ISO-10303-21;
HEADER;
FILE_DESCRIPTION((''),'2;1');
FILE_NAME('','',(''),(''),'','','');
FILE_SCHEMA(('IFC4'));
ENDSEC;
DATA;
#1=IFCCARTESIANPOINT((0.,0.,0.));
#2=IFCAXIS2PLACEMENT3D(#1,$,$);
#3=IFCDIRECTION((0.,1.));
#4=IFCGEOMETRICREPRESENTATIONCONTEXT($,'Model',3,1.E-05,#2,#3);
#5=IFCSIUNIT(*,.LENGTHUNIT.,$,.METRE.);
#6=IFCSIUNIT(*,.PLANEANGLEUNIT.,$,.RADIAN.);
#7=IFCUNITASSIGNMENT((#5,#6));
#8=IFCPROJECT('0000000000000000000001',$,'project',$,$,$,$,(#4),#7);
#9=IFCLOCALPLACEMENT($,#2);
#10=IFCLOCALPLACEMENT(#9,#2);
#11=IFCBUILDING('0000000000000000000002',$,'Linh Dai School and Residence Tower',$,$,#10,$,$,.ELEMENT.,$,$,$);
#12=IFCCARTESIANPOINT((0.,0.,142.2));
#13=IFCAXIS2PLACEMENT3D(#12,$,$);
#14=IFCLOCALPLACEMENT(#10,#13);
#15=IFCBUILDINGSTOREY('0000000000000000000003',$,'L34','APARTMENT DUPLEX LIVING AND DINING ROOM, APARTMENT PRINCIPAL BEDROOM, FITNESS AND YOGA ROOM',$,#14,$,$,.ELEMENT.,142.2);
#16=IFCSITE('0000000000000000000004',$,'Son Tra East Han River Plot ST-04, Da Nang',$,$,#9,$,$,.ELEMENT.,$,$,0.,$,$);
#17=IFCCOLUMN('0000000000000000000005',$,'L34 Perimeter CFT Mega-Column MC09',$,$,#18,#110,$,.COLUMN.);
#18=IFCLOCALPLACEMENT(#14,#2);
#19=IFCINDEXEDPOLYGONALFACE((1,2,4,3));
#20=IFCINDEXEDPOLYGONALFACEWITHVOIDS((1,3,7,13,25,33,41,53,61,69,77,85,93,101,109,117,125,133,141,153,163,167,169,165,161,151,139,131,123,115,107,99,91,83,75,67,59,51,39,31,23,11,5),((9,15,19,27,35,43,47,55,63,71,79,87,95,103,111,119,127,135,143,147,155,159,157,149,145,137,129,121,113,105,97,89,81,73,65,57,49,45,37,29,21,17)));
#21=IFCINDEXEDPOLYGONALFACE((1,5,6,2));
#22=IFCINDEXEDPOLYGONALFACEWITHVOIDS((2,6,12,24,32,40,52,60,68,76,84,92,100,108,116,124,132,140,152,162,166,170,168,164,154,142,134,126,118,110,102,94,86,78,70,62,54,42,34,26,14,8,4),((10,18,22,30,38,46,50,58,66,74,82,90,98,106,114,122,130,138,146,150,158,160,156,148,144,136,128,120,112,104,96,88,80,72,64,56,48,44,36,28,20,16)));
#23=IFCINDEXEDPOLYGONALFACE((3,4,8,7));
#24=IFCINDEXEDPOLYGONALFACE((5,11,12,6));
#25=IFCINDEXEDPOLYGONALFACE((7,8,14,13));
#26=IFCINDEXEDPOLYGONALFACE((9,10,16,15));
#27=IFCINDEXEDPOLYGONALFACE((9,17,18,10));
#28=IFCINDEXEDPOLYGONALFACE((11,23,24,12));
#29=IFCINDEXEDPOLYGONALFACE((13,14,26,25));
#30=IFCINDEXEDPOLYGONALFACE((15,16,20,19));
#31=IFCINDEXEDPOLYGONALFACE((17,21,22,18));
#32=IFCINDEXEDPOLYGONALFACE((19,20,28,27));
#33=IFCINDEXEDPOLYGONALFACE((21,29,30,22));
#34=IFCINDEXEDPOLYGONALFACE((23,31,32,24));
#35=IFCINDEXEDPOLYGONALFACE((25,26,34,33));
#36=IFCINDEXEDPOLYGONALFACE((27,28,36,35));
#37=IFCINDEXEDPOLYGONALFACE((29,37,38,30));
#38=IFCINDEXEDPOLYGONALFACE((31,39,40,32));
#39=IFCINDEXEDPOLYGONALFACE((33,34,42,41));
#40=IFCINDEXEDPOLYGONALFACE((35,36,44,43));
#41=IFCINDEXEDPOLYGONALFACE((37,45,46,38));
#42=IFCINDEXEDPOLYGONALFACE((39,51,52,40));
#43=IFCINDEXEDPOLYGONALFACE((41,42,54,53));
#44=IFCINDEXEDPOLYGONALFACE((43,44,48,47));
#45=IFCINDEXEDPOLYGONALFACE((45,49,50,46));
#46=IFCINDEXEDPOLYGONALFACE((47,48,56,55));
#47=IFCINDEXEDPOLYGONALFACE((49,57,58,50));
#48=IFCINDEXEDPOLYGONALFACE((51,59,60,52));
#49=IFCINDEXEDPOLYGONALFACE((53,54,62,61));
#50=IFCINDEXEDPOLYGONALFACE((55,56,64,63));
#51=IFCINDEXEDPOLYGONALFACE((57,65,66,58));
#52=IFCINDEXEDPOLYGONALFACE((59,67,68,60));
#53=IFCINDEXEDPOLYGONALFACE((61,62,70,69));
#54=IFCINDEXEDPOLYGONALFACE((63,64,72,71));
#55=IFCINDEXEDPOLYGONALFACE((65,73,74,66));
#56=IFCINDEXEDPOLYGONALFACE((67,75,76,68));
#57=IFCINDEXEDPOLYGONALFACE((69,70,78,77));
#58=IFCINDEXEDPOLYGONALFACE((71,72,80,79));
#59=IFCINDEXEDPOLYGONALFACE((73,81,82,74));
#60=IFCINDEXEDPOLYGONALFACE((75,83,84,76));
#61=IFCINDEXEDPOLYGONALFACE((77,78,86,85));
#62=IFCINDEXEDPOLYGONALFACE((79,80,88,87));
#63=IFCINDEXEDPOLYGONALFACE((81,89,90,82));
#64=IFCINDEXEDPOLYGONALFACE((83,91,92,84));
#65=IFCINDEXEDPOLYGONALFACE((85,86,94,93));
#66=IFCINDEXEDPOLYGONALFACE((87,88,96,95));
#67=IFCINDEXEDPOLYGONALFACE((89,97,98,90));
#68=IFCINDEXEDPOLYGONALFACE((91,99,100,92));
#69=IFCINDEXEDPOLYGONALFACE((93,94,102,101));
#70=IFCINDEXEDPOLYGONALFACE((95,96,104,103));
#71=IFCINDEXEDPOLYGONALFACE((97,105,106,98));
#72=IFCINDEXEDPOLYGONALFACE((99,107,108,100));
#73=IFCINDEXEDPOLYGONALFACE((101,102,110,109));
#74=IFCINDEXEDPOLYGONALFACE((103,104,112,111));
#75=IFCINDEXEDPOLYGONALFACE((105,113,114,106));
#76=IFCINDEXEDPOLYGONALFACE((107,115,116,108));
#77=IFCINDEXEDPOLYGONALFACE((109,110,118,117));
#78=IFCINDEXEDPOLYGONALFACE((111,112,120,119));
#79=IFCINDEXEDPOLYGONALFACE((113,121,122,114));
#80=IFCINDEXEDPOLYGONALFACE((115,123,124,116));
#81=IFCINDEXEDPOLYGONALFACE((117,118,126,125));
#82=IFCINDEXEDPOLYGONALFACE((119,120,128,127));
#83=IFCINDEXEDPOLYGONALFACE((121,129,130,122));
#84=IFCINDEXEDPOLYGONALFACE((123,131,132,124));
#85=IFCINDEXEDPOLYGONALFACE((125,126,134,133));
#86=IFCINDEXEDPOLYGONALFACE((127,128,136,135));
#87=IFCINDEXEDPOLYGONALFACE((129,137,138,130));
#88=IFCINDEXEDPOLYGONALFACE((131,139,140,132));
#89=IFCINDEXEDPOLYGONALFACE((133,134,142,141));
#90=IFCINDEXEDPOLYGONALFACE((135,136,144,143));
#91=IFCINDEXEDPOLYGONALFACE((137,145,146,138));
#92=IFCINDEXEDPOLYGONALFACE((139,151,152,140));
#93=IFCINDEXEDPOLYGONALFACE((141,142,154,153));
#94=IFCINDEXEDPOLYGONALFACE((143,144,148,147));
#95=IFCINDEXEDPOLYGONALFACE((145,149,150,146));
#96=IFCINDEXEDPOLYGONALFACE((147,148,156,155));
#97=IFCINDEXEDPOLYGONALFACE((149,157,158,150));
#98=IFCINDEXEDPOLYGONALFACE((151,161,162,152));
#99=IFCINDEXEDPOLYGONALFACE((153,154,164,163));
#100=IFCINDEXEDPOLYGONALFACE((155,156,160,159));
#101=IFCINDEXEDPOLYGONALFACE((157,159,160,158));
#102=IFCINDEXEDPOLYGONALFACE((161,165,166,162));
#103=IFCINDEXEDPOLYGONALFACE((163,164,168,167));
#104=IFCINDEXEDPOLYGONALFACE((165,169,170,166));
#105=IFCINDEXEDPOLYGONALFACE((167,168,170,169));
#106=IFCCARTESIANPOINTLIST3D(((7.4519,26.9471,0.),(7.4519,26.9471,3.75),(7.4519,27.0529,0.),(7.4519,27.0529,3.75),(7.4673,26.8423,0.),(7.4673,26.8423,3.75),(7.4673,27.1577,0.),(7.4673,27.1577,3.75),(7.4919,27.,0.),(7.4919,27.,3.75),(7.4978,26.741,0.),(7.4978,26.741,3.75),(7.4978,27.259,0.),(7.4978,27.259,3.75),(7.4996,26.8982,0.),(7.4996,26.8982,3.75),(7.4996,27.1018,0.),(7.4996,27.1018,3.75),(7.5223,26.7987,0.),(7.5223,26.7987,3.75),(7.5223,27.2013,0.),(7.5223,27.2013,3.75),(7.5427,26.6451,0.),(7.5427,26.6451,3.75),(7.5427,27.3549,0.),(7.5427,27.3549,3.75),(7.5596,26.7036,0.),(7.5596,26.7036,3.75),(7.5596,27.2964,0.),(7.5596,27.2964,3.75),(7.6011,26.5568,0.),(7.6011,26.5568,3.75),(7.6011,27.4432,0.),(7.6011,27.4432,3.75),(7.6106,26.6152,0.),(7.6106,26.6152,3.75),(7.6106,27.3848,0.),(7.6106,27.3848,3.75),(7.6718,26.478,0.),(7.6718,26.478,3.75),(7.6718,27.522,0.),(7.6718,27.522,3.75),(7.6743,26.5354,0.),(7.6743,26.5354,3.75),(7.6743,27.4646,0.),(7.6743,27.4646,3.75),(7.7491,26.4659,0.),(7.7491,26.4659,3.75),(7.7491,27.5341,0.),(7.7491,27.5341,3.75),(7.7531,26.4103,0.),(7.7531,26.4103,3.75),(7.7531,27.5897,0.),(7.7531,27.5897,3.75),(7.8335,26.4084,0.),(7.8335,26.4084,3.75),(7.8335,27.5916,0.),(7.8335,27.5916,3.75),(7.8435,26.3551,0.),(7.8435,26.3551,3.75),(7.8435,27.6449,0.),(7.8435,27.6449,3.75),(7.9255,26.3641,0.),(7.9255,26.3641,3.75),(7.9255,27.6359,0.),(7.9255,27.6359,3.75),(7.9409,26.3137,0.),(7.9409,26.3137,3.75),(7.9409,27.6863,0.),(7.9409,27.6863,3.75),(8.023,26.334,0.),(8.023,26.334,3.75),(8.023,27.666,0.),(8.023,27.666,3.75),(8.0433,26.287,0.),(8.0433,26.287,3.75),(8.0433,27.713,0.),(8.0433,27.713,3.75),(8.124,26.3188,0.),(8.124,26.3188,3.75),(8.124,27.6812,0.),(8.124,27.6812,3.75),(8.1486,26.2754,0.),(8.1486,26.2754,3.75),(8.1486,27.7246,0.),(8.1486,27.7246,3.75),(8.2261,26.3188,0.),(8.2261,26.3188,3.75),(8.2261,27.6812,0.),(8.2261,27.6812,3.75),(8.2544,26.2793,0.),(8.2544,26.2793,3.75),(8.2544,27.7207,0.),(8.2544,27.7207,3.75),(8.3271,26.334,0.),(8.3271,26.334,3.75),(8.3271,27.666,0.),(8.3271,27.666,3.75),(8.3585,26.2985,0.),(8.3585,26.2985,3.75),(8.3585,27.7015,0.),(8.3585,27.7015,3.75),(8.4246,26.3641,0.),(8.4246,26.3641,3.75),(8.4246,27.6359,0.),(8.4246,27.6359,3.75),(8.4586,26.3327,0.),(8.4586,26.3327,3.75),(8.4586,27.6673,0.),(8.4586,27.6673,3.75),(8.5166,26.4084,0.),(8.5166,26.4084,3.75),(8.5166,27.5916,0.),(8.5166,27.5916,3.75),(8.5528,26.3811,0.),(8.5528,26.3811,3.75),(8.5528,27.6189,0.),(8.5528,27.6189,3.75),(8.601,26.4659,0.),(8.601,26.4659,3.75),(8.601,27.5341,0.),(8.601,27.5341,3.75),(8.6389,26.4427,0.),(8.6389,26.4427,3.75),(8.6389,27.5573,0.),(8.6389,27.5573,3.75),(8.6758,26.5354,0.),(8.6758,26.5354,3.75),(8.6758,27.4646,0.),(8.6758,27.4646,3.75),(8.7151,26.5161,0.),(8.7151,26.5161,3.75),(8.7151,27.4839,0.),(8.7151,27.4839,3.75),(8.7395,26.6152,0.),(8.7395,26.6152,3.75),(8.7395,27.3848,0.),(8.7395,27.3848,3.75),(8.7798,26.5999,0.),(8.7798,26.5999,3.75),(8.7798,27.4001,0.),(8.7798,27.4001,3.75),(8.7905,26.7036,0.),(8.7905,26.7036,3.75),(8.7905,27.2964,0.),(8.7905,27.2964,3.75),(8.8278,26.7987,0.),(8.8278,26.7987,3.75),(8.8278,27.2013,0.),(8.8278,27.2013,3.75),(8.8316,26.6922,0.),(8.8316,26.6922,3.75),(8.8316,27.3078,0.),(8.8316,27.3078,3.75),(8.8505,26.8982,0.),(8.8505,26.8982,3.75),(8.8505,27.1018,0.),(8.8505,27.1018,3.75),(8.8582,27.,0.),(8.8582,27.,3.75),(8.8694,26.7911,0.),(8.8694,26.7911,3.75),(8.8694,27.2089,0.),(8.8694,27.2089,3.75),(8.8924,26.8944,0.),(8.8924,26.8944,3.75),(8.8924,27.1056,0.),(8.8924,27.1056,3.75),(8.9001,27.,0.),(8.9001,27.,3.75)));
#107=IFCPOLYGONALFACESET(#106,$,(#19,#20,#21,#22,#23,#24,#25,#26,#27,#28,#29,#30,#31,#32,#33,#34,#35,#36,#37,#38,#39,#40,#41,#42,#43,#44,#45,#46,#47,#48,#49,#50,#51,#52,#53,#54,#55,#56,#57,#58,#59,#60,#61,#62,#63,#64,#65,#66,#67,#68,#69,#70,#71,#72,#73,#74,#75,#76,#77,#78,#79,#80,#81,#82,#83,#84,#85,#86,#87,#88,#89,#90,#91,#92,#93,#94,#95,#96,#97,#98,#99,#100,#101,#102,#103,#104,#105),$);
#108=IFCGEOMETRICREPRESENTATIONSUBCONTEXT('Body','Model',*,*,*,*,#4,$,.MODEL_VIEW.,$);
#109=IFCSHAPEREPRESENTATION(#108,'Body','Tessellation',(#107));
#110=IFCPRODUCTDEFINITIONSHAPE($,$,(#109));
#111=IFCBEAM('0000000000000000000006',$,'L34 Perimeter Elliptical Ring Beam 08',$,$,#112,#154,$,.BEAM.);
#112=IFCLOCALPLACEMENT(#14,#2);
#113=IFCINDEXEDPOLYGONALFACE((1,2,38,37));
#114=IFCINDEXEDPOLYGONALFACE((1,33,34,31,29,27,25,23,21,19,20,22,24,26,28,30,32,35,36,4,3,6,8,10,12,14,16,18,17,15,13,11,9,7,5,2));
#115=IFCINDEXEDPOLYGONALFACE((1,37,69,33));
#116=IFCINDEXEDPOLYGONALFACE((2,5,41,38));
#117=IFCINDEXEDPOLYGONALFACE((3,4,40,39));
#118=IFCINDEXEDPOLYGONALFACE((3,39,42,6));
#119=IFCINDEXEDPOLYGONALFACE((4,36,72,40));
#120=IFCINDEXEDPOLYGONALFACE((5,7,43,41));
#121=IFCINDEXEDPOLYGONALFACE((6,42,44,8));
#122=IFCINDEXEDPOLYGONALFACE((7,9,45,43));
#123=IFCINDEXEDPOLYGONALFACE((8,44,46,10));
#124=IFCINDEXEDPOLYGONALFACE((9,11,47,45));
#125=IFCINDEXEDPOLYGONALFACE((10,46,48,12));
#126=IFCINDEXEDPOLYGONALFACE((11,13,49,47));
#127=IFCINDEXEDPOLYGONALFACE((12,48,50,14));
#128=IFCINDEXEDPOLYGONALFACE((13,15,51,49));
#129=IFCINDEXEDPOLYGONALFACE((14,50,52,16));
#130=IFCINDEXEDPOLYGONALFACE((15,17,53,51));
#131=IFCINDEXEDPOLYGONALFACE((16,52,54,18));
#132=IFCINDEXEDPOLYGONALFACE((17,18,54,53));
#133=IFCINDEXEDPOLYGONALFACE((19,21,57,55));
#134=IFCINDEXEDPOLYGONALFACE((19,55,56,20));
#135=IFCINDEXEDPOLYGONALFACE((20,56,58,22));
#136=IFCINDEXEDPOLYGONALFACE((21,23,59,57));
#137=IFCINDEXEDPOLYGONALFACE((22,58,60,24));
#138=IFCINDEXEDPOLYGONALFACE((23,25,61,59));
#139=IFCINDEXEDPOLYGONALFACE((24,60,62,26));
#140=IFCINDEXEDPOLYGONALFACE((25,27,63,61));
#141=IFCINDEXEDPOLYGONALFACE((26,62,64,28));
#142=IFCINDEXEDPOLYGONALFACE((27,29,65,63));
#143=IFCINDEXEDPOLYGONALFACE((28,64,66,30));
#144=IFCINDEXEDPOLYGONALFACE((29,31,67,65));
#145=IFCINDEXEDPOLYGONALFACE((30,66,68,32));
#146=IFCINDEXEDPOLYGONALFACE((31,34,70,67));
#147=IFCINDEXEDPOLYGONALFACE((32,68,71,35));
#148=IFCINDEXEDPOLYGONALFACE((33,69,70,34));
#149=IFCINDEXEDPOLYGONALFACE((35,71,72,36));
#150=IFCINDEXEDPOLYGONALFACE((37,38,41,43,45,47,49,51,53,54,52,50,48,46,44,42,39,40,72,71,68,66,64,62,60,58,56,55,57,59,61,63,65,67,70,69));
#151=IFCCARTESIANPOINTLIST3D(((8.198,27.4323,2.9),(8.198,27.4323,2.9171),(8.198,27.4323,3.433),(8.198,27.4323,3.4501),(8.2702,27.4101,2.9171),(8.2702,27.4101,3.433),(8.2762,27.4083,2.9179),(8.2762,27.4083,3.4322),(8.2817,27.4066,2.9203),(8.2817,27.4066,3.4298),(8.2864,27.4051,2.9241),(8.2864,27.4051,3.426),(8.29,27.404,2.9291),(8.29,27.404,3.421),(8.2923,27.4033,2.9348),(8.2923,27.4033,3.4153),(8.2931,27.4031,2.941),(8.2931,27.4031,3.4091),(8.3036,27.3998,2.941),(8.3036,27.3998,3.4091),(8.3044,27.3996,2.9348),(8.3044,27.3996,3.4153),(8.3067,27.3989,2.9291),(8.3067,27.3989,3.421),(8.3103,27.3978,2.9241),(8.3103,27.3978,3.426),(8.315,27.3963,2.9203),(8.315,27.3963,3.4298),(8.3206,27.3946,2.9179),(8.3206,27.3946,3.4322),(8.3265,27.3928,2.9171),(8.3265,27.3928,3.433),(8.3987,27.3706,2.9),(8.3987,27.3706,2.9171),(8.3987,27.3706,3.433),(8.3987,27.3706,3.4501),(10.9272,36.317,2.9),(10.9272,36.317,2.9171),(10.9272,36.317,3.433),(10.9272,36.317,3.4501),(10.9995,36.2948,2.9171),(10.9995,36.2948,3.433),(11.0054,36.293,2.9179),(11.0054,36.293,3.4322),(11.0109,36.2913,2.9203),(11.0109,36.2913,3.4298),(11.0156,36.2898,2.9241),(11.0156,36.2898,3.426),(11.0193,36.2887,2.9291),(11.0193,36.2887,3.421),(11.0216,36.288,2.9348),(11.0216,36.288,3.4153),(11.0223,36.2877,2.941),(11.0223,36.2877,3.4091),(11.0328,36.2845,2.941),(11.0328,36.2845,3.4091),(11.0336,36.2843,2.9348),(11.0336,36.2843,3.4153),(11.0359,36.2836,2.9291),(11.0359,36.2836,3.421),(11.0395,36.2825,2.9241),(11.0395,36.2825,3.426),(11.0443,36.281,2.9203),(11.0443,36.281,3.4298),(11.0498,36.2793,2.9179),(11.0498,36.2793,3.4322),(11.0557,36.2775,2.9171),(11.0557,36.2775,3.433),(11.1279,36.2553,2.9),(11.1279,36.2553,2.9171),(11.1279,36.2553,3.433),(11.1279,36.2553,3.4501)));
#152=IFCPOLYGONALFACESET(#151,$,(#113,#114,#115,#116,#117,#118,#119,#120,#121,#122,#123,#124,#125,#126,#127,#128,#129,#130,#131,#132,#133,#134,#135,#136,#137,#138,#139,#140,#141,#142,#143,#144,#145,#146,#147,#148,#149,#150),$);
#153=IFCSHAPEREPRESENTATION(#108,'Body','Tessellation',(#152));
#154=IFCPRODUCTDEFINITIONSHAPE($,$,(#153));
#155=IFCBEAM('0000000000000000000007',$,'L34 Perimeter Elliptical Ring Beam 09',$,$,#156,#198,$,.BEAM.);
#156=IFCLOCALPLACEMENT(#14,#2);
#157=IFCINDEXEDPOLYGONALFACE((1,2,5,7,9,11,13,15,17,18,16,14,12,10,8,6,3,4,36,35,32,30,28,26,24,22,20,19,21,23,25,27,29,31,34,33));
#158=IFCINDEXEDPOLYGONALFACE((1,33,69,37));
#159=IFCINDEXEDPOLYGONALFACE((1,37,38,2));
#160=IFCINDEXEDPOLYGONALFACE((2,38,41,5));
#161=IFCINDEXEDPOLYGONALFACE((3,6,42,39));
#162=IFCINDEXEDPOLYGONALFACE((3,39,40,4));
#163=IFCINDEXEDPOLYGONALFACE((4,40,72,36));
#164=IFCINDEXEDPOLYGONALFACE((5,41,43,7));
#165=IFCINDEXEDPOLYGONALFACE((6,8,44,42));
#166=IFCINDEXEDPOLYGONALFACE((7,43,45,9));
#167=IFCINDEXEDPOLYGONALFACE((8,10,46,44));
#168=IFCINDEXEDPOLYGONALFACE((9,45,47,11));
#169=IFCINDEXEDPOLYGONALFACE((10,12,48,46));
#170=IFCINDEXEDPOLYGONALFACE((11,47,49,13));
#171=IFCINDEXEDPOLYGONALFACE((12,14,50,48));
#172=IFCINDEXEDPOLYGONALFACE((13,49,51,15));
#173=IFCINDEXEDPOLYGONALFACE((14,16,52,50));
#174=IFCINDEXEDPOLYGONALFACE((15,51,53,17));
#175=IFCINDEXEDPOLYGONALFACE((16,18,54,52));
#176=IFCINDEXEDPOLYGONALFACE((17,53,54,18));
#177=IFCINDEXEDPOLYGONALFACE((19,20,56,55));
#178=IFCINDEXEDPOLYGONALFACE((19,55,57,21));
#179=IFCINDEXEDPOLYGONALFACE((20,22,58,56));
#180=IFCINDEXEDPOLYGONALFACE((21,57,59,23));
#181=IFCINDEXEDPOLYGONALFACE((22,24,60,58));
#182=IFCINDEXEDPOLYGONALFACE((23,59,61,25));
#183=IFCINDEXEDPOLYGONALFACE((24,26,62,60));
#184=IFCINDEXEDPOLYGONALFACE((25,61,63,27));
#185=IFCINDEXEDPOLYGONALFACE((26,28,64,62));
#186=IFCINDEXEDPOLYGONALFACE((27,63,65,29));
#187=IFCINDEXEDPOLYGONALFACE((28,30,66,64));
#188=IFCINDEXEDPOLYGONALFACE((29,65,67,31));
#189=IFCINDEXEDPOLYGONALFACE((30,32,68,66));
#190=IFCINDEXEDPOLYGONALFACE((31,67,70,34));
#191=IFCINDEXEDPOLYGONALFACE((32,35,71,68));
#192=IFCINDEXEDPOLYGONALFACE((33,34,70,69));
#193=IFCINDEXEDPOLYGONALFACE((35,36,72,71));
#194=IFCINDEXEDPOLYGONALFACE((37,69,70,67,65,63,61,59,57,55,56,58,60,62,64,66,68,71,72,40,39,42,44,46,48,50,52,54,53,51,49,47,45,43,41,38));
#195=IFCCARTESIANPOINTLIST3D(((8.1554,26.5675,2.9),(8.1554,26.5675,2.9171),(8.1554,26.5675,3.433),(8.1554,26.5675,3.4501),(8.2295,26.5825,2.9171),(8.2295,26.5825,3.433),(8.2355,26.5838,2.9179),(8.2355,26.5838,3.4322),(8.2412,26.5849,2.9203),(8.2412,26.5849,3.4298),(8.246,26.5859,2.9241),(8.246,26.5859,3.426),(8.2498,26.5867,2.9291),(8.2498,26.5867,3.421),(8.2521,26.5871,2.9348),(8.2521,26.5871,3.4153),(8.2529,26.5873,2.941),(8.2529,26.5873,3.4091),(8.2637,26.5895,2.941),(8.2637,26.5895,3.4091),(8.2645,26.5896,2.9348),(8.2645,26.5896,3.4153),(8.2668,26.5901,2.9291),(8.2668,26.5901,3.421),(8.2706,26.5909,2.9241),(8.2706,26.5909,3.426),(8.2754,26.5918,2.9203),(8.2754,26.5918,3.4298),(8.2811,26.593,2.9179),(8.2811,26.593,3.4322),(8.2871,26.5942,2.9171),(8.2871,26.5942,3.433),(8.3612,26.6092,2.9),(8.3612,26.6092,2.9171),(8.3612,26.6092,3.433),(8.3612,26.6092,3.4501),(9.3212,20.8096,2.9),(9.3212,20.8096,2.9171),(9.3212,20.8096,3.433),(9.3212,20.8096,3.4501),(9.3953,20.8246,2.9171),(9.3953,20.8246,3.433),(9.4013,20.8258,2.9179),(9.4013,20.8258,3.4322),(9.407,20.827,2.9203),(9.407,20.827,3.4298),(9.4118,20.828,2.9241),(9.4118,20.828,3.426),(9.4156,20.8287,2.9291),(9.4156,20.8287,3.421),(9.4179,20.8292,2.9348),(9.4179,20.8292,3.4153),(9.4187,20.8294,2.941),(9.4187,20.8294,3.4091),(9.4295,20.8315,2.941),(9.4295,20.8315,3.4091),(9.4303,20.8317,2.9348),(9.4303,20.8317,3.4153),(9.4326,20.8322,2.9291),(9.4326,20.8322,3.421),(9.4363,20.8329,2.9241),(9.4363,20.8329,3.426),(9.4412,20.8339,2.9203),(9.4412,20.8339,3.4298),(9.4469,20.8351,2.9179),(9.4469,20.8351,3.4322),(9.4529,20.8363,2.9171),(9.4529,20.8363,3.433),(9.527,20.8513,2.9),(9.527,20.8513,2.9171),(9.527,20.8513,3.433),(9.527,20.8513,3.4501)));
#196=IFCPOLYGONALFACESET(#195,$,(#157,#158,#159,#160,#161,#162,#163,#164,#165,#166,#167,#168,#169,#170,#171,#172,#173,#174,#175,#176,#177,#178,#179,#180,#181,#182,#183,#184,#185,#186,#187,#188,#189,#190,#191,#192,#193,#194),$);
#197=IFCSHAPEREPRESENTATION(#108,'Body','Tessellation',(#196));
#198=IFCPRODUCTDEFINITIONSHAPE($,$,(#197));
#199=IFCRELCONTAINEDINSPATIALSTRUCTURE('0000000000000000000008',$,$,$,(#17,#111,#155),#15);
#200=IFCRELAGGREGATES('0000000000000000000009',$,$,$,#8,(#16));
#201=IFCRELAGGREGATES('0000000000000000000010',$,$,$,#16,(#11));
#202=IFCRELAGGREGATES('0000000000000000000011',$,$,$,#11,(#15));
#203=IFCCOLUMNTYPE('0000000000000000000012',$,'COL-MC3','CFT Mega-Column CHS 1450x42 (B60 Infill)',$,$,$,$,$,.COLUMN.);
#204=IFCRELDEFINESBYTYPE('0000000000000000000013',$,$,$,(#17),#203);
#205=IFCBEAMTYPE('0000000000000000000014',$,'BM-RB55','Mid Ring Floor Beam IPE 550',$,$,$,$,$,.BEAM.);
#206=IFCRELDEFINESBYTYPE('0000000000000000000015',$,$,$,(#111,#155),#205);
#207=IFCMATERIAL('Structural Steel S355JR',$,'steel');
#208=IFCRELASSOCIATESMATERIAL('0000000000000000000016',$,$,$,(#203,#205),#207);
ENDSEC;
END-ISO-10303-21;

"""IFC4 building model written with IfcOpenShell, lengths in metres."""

from ifc_helpers import new_model, si_unit, direction, frame, origin, origin_2d, place, context, subcontext, project, spatial, hollow_circle, i_section, extrude, material, material_profile, profile_set, type_object, element, save


model = new_model("IFC4")

# Units and contexts
model_context = context("Model", 3, precision=1e-05, world=origin(), true_north=direction((0.0, 1.0)))
body_context = subcontext(model_context, "Body", "Model", "MODEL_VIEW")
ifc_project = project(units=[si_unit("LENGTHUNIT", "METRE"), si_unit("PLANEANGLEUNIT", "RADIAN")], contexts=[model_context])

# Site, building, storey
site_placement = place(None, origin())
site = spatial("IfcSite", under=ifc_project, at=site_placement, Name="Son Tra East Han River Plot ST-04, Da Nang", CompositionType="ELEMENT", RefElevation=0.0)
building_placement = place(site_placement, origin())
building = spatial("IfcBuilding", under=site, at=building_placement, Name="Linh Dai School and Residence Tower", CompositionType="ELEMENT")
storey_placement = place(building_placement, frame((0.0, 0.0, 142.2)))
storey = spatial("IfcBuildingStorey", under=building, at=storey_placement, Name="L34", Description="APARTMENT DUPLEX LIVING AND DINING ROOM, APARTMENT PRINCIPAL BEDROOM, FITNESS AND YOGA ROOM", CompositionType="ELEMENT", Elevation=142.2)

# Column
ifc_material_1 = material(Name="Structural Steel S355JR", Category="steel")
ifc_material_profile_1 = material_profile(ifc_material_1, hollow_circle(Radius=0.7251, WallThickness=0.042, at=origin_2d()), Name="CHS 1450x42")
ifc_profile_set_1 = profile_set([ifc_material_profile_1], Name="Structural Steel S355JR")
column_type_1 = type_object("IfcColumnType", Name="COL-MC3", Description="CFT Mega-Column CHS 1450x42 (B60 Infill)", PredefinedType="COLUMN", material=ifc_profile_set_1)
for number, where, z_axis, x_axis, name in (
    (1, (8.175, 27.0, 0.0), (0.0, 0.0, 1.0), (1.0, 0.0, 0.0), "L34 Perimeter CFT Mega-Column MC09"),
):
    element("IfcColumn", number, at=place(storey_placement, frame(where, z_axis=z_axis, x_axis=x_axis)), inside=storey, type_object=column_type_1, Name=name, PredefinedType="COLUMN", context=body_context, shape_type="SweptSolid", body=[
        extrude(hollow_circle(Radius=0.7251, WallThickness=0.042, at=origin_2d()), origin(), (0.0, 0.0, 1.0), 3.75),
    ])

# Beams
ifc_material_profile_2 = material_profile(ifc_material_1, i_section(OverallWidth=0.21, OverallDepth=0.55, WebThickness=0.011, FlangeThickness=0.0171, FilletRadius=0.0239, at=origin_2d()), Name="IPE 550")
ifc_profile_set_2 = profile_set([ifc_material_profile_2], Name="Structural Steel S355JR")
beam_type_1 = type_object("IfcBeamType", Name="BM-RB55", Description="Mid Ring Floor Beam IPE 550", PredefinedType="BEAM", material=ifc_profile_set_2)
beam_1_placement = place(storey_placement, frame((11.0276, 36.2861, 3.175), z_axis=(-0.293641, -0.955916, 0.0), x_axis=(0.955916, -0.293641, 0.0)))
element("IfcBeam", 2, at=beam_1_placement, inside=storey, type_object=beam_type_1, Name="L34 Perimeter Elliptical Ring Beam 08", PredefinedType="BEAM", context=body_context, shape_type="SweptSolid", body=[
    extrude(i_section(OverallWidth=0.21, OverallDepth=0.55, WebThickness=0.011, FlangeThickness=0.0171, FilletRadius=0.0239, at=origin_2d()), origin(), (0.0, 0.0, 1.0), 9.2944),
])
beam_2_placement = place(storey_placement, frame((8.2583, 26.5884, 3.175), z_axis=(0.198441, -0.980113, 0.0), x_axis=(0.980113, 0.198441, 0.0)))
element("IfcBeam", 3, at=beam_2_placement, inside=storey, type_object=beam_type_1, Name="L34 Perimeter Elliptical Ring Beam 09", PredefinedType="BEAM", context=body_context, shape_type="SweptSolid", body=[
    extrude(i_section(OverallWidth=0.21, OverallDepth=0.55, WebThickness=0.011, FlangeThickness=0.0171, FilletRadius=0.0239, at=origin_2d()), origin(), (0.0, 0.0, 1.0), 5.8748),
])

save(model, "model.ifc")
